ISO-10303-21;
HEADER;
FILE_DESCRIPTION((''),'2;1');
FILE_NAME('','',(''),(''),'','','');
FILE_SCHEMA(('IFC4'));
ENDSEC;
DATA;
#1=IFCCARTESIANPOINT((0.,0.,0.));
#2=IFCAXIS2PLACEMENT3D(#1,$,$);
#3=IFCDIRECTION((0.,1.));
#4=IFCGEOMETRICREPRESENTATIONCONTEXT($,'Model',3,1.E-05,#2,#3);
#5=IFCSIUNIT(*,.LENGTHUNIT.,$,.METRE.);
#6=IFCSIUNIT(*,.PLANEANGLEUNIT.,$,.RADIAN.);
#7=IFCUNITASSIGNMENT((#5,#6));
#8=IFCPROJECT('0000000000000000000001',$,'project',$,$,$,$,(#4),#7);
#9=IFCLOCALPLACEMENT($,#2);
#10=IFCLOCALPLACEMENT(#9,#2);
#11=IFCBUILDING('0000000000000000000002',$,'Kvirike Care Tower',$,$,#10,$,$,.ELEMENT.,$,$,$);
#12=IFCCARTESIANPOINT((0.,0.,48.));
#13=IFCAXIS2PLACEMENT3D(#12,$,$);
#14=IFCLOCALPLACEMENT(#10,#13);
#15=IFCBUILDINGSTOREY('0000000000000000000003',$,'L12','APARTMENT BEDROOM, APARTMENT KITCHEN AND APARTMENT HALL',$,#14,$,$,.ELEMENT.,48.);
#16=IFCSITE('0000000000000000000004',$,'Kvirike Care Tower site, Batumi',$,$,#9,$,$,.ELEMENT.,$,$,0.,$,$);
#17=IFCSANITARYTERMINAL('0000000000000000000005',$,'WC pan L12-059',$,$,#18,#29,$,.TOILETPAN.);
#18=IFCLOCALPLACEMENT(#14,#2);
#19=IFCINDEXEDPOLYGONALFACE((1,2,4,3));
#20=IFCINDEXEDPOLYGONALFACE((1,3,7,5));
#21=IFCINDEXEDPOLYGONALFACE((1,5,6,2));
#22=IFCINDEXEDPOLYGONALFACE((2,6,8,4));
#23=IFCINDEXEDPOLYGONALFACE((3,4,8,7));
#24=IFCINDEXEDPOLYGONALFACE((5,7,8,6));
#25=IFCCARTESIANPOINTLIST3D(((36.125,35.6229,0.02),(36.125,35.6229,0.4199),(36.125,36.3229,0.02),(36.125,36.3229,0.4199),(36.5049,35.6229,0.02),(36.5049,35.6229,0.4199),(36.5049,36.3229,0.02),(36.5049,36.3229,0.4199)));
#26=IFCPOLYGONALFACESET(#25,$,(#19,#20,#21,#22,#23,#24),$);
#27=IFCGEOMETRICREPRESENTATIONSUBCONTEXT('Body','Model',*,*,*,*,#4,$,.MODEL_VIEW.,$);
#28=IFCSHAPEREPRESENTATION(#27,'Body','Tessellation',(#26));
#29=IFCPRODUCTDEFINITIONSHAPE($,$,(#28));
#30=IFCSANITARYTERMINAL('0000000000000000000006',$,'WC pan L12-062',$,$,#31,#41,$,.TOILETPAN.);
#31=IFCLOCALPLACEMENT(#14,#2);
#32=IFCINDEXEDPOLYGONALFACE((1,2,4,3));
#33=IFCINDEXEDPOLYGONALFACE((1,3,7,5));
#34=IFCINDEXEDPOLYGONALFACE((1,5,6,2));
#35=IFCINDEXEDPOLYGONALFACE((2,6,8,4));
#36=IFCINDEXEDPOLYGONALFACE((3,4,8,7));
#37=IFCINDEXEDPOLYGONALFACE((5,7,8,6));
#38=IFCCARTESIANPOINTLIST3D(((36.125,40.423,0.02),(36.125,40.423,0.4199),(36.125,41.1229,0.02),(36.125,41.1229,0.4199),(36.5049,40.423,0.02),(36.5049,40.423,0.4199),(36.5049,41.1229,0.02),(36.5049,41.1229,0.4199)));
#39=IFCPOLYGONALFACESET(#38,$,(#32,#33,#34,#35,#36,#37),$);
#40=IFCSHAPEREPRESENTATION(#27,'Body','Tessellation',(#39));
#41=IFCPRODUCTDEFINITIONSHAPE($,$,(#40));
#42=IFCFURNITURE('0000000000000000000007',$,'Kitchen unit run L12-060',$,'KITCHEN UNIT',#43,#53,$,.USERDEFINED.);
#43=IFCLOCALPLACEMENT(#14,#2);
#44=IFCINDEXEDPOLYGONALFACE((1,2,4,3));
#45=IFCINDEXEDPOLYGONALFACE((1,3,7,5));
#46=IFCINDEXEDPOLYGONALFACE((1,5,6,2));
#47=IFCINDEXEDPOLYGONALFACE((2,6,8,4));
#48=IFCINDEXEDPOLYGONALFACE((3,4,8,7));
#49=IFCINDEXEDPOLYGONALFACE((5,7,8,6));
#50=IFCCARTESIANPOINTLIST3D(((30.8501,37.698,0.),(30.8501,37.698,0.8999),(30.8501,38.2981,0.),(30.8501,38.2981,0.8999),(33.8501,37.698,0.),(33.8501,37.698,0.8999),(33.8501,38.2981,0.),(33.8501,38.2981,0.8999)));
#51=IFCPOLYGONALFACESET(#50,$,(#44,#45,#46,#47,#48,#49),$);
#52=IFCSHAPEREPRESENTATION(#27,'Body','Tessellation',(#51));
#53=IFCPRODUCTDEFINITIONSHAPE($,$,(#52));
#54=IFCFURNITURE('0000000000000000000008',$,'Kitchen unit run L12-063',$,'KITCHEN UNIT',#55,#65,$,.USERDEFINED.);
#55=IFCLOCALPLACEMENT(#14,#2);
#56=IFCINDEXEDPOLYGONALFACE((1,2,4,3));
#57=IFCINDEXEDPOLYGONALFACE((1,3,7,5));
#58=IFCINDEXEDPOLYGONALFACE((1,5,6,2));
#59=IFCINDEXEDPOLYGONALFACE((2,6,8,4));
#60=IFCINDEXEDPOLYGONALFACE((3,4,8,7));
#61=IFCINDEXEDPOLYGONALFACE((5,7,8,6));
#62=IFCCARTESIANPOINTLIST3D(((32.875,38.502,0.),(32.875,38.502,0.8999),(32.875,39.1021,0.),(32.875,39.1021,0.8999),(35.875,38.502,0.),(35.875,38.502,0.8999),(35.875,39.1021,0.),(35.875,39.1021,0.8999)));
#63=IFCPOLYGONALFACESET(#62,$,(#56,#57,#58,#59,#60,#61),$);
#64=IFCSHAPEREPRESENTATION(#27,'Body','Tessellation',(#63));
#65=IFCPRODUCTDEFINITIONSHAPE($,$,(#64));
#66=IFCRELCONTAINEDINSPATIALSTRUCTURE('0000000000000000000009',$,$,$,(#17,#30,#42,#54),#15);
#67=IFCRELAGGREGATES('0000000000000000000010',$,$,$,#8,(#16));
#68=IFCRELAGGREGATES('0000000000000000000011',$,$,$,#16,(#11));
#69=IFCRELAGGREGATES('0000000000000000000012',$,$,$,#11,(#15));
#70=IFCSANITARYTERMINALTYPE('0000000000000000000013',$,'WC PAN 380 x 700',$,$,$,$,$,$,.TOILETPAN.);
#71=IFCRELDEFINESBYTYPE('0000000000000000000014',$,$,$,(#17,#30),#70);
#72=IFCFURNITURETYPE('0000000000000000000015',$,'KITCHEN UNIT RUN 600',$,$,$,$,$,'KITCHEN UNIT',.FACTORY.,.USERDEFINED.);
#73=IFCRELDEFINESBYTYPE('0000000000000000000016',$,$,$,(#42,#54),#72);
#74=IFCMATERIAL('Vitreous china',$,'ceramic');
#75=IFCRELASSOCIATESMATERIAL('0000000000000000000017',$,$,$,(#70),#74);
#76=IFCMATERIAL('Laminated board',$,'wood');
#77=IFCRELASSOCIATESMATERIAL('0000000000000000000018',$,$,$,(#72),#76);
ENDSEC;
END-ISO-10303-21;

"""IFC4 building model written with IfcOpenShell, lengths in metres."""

from ifc_helpers import new_model, si_unit, direction, frame, origin, origin_2d, place, context, subcontext, project, spatial, rectangle, extrude, material, type_object, element, save


model = new_model("IFC4")

# Units and contexts
model_context = context("Model", 3, precision=1e-05, world=origin(), true_north=direction((0.0, 1.0)))
body_context = subcontext(model_context, "Body", "Model", "MODEL_VIEW")
ifc_project = project(units=[si_unit("LENGTHUNIT", "METRE"), si_unit("PLANEANGLEUNIT", "RADIAN")], contexts=[model_context])

# Site, building, storey
site_placement = place(None, origin())
site = spatial("IfcSite", under=ifc_project, at=site_placement, Name="Kvirike Care Tower site, Batumi", CompositionType="ELEMENT", RefElevation=0.0)
building_placement = place(site_placement, origin())
building = spatial("IfcBuilding", under=site, at=building_placement, Name="Kvirike Care Tower", CompositionType="ELEMENT")
storey_placement = place(building_placement, frame((0.0, 0.0, 48.0)))
storey = spatial("IfcBuildingStorey", under=building, at=storey_placement, Name="L12", Description="APARTMENT BEDROOM, APARTMENT KITCHEN AND APARTMENT HALL", CompositionType="ELEMENT", Elevation=48.0)

# Sanitary terminals
ifc_material_1 = material(Name="Vitreous china", Category="ceramic")
sanitary_terminal_type_1 = type_object("IfcSanitaryTerminalType", Name="WC PAN 380 x 700", PredefinedType="TOILETPAN", material=ifc_material_1)
for number, where, z_axis, x_axis, name in (
    (1, (36.3149, 35.9729, 0.02), (0.0, 0.0, 1.0), (1.0, 0.0, 0.0), "WC pan L12-059"),
    (2, (36.3149, 40.7729, 0.02), (0.0, 0.0, 1.0), (1.0, 0.0, 0.0), "WC pan L12-062"),
):
    element("IfcSanitaryTerminal", number, at=place(storey_placement, frame(where, z_axis=z_axis, x_axis=x_axis)), inside=storey, type_object=sanitary_terminal_type_1, Name=name, PredefinedType="TOILETPAN", context=body_context, shape_type="SweptSolid", body=[
        extrude(rectangle(XDim=0.3799, YDim=0.7, at=origin_2d()), origin(), (0.0, 0.0, 1.0), 0.3999),
    ])

# Furniture
ifc_material_2 = material(Name="Laminated board", Category="wood")
furniture_type = type_object("IfcFurnitureType", Name="KITCHEN UNIT RUN 600", ElementType="KITCHEN UNIT", AssemblyPlace="FACTORY", PredefinedType="USERDEFINED", material=ifc_material_2)
for number, where, z_axis, x_axis, name in (
    (3, (32.3501, 37.998, 0.0), (0.0, 0.0, 1.0), (1.0, 0.0, 0.0), "Kitchen unit run L12-060"),
    (4, (34.375, 38.802, 0.0), (0.0, 0.0, 1.0), (-1.0, 0.0, 0.0), "Kitchen unit run L12-063"),
):
    element("IfcFurniture", number, at=place(storey_placement, frame(where, z_axis=z_axis, x_axis=x_axis)), inside=storey, type_object=furniture_type, Name=name, ObjectType="KITCHEN UNIT", PredefinedType="USERDEFINED", context=body_context, shape_type="SweptSolid", body=[
        extrude(rectangle(XDim=3.0, YDim=0.6001, at=origin_2d()), origin(), (0.0, 0.0, 1.0), 0.8999),
    ])

save(model, "model.ifc")
